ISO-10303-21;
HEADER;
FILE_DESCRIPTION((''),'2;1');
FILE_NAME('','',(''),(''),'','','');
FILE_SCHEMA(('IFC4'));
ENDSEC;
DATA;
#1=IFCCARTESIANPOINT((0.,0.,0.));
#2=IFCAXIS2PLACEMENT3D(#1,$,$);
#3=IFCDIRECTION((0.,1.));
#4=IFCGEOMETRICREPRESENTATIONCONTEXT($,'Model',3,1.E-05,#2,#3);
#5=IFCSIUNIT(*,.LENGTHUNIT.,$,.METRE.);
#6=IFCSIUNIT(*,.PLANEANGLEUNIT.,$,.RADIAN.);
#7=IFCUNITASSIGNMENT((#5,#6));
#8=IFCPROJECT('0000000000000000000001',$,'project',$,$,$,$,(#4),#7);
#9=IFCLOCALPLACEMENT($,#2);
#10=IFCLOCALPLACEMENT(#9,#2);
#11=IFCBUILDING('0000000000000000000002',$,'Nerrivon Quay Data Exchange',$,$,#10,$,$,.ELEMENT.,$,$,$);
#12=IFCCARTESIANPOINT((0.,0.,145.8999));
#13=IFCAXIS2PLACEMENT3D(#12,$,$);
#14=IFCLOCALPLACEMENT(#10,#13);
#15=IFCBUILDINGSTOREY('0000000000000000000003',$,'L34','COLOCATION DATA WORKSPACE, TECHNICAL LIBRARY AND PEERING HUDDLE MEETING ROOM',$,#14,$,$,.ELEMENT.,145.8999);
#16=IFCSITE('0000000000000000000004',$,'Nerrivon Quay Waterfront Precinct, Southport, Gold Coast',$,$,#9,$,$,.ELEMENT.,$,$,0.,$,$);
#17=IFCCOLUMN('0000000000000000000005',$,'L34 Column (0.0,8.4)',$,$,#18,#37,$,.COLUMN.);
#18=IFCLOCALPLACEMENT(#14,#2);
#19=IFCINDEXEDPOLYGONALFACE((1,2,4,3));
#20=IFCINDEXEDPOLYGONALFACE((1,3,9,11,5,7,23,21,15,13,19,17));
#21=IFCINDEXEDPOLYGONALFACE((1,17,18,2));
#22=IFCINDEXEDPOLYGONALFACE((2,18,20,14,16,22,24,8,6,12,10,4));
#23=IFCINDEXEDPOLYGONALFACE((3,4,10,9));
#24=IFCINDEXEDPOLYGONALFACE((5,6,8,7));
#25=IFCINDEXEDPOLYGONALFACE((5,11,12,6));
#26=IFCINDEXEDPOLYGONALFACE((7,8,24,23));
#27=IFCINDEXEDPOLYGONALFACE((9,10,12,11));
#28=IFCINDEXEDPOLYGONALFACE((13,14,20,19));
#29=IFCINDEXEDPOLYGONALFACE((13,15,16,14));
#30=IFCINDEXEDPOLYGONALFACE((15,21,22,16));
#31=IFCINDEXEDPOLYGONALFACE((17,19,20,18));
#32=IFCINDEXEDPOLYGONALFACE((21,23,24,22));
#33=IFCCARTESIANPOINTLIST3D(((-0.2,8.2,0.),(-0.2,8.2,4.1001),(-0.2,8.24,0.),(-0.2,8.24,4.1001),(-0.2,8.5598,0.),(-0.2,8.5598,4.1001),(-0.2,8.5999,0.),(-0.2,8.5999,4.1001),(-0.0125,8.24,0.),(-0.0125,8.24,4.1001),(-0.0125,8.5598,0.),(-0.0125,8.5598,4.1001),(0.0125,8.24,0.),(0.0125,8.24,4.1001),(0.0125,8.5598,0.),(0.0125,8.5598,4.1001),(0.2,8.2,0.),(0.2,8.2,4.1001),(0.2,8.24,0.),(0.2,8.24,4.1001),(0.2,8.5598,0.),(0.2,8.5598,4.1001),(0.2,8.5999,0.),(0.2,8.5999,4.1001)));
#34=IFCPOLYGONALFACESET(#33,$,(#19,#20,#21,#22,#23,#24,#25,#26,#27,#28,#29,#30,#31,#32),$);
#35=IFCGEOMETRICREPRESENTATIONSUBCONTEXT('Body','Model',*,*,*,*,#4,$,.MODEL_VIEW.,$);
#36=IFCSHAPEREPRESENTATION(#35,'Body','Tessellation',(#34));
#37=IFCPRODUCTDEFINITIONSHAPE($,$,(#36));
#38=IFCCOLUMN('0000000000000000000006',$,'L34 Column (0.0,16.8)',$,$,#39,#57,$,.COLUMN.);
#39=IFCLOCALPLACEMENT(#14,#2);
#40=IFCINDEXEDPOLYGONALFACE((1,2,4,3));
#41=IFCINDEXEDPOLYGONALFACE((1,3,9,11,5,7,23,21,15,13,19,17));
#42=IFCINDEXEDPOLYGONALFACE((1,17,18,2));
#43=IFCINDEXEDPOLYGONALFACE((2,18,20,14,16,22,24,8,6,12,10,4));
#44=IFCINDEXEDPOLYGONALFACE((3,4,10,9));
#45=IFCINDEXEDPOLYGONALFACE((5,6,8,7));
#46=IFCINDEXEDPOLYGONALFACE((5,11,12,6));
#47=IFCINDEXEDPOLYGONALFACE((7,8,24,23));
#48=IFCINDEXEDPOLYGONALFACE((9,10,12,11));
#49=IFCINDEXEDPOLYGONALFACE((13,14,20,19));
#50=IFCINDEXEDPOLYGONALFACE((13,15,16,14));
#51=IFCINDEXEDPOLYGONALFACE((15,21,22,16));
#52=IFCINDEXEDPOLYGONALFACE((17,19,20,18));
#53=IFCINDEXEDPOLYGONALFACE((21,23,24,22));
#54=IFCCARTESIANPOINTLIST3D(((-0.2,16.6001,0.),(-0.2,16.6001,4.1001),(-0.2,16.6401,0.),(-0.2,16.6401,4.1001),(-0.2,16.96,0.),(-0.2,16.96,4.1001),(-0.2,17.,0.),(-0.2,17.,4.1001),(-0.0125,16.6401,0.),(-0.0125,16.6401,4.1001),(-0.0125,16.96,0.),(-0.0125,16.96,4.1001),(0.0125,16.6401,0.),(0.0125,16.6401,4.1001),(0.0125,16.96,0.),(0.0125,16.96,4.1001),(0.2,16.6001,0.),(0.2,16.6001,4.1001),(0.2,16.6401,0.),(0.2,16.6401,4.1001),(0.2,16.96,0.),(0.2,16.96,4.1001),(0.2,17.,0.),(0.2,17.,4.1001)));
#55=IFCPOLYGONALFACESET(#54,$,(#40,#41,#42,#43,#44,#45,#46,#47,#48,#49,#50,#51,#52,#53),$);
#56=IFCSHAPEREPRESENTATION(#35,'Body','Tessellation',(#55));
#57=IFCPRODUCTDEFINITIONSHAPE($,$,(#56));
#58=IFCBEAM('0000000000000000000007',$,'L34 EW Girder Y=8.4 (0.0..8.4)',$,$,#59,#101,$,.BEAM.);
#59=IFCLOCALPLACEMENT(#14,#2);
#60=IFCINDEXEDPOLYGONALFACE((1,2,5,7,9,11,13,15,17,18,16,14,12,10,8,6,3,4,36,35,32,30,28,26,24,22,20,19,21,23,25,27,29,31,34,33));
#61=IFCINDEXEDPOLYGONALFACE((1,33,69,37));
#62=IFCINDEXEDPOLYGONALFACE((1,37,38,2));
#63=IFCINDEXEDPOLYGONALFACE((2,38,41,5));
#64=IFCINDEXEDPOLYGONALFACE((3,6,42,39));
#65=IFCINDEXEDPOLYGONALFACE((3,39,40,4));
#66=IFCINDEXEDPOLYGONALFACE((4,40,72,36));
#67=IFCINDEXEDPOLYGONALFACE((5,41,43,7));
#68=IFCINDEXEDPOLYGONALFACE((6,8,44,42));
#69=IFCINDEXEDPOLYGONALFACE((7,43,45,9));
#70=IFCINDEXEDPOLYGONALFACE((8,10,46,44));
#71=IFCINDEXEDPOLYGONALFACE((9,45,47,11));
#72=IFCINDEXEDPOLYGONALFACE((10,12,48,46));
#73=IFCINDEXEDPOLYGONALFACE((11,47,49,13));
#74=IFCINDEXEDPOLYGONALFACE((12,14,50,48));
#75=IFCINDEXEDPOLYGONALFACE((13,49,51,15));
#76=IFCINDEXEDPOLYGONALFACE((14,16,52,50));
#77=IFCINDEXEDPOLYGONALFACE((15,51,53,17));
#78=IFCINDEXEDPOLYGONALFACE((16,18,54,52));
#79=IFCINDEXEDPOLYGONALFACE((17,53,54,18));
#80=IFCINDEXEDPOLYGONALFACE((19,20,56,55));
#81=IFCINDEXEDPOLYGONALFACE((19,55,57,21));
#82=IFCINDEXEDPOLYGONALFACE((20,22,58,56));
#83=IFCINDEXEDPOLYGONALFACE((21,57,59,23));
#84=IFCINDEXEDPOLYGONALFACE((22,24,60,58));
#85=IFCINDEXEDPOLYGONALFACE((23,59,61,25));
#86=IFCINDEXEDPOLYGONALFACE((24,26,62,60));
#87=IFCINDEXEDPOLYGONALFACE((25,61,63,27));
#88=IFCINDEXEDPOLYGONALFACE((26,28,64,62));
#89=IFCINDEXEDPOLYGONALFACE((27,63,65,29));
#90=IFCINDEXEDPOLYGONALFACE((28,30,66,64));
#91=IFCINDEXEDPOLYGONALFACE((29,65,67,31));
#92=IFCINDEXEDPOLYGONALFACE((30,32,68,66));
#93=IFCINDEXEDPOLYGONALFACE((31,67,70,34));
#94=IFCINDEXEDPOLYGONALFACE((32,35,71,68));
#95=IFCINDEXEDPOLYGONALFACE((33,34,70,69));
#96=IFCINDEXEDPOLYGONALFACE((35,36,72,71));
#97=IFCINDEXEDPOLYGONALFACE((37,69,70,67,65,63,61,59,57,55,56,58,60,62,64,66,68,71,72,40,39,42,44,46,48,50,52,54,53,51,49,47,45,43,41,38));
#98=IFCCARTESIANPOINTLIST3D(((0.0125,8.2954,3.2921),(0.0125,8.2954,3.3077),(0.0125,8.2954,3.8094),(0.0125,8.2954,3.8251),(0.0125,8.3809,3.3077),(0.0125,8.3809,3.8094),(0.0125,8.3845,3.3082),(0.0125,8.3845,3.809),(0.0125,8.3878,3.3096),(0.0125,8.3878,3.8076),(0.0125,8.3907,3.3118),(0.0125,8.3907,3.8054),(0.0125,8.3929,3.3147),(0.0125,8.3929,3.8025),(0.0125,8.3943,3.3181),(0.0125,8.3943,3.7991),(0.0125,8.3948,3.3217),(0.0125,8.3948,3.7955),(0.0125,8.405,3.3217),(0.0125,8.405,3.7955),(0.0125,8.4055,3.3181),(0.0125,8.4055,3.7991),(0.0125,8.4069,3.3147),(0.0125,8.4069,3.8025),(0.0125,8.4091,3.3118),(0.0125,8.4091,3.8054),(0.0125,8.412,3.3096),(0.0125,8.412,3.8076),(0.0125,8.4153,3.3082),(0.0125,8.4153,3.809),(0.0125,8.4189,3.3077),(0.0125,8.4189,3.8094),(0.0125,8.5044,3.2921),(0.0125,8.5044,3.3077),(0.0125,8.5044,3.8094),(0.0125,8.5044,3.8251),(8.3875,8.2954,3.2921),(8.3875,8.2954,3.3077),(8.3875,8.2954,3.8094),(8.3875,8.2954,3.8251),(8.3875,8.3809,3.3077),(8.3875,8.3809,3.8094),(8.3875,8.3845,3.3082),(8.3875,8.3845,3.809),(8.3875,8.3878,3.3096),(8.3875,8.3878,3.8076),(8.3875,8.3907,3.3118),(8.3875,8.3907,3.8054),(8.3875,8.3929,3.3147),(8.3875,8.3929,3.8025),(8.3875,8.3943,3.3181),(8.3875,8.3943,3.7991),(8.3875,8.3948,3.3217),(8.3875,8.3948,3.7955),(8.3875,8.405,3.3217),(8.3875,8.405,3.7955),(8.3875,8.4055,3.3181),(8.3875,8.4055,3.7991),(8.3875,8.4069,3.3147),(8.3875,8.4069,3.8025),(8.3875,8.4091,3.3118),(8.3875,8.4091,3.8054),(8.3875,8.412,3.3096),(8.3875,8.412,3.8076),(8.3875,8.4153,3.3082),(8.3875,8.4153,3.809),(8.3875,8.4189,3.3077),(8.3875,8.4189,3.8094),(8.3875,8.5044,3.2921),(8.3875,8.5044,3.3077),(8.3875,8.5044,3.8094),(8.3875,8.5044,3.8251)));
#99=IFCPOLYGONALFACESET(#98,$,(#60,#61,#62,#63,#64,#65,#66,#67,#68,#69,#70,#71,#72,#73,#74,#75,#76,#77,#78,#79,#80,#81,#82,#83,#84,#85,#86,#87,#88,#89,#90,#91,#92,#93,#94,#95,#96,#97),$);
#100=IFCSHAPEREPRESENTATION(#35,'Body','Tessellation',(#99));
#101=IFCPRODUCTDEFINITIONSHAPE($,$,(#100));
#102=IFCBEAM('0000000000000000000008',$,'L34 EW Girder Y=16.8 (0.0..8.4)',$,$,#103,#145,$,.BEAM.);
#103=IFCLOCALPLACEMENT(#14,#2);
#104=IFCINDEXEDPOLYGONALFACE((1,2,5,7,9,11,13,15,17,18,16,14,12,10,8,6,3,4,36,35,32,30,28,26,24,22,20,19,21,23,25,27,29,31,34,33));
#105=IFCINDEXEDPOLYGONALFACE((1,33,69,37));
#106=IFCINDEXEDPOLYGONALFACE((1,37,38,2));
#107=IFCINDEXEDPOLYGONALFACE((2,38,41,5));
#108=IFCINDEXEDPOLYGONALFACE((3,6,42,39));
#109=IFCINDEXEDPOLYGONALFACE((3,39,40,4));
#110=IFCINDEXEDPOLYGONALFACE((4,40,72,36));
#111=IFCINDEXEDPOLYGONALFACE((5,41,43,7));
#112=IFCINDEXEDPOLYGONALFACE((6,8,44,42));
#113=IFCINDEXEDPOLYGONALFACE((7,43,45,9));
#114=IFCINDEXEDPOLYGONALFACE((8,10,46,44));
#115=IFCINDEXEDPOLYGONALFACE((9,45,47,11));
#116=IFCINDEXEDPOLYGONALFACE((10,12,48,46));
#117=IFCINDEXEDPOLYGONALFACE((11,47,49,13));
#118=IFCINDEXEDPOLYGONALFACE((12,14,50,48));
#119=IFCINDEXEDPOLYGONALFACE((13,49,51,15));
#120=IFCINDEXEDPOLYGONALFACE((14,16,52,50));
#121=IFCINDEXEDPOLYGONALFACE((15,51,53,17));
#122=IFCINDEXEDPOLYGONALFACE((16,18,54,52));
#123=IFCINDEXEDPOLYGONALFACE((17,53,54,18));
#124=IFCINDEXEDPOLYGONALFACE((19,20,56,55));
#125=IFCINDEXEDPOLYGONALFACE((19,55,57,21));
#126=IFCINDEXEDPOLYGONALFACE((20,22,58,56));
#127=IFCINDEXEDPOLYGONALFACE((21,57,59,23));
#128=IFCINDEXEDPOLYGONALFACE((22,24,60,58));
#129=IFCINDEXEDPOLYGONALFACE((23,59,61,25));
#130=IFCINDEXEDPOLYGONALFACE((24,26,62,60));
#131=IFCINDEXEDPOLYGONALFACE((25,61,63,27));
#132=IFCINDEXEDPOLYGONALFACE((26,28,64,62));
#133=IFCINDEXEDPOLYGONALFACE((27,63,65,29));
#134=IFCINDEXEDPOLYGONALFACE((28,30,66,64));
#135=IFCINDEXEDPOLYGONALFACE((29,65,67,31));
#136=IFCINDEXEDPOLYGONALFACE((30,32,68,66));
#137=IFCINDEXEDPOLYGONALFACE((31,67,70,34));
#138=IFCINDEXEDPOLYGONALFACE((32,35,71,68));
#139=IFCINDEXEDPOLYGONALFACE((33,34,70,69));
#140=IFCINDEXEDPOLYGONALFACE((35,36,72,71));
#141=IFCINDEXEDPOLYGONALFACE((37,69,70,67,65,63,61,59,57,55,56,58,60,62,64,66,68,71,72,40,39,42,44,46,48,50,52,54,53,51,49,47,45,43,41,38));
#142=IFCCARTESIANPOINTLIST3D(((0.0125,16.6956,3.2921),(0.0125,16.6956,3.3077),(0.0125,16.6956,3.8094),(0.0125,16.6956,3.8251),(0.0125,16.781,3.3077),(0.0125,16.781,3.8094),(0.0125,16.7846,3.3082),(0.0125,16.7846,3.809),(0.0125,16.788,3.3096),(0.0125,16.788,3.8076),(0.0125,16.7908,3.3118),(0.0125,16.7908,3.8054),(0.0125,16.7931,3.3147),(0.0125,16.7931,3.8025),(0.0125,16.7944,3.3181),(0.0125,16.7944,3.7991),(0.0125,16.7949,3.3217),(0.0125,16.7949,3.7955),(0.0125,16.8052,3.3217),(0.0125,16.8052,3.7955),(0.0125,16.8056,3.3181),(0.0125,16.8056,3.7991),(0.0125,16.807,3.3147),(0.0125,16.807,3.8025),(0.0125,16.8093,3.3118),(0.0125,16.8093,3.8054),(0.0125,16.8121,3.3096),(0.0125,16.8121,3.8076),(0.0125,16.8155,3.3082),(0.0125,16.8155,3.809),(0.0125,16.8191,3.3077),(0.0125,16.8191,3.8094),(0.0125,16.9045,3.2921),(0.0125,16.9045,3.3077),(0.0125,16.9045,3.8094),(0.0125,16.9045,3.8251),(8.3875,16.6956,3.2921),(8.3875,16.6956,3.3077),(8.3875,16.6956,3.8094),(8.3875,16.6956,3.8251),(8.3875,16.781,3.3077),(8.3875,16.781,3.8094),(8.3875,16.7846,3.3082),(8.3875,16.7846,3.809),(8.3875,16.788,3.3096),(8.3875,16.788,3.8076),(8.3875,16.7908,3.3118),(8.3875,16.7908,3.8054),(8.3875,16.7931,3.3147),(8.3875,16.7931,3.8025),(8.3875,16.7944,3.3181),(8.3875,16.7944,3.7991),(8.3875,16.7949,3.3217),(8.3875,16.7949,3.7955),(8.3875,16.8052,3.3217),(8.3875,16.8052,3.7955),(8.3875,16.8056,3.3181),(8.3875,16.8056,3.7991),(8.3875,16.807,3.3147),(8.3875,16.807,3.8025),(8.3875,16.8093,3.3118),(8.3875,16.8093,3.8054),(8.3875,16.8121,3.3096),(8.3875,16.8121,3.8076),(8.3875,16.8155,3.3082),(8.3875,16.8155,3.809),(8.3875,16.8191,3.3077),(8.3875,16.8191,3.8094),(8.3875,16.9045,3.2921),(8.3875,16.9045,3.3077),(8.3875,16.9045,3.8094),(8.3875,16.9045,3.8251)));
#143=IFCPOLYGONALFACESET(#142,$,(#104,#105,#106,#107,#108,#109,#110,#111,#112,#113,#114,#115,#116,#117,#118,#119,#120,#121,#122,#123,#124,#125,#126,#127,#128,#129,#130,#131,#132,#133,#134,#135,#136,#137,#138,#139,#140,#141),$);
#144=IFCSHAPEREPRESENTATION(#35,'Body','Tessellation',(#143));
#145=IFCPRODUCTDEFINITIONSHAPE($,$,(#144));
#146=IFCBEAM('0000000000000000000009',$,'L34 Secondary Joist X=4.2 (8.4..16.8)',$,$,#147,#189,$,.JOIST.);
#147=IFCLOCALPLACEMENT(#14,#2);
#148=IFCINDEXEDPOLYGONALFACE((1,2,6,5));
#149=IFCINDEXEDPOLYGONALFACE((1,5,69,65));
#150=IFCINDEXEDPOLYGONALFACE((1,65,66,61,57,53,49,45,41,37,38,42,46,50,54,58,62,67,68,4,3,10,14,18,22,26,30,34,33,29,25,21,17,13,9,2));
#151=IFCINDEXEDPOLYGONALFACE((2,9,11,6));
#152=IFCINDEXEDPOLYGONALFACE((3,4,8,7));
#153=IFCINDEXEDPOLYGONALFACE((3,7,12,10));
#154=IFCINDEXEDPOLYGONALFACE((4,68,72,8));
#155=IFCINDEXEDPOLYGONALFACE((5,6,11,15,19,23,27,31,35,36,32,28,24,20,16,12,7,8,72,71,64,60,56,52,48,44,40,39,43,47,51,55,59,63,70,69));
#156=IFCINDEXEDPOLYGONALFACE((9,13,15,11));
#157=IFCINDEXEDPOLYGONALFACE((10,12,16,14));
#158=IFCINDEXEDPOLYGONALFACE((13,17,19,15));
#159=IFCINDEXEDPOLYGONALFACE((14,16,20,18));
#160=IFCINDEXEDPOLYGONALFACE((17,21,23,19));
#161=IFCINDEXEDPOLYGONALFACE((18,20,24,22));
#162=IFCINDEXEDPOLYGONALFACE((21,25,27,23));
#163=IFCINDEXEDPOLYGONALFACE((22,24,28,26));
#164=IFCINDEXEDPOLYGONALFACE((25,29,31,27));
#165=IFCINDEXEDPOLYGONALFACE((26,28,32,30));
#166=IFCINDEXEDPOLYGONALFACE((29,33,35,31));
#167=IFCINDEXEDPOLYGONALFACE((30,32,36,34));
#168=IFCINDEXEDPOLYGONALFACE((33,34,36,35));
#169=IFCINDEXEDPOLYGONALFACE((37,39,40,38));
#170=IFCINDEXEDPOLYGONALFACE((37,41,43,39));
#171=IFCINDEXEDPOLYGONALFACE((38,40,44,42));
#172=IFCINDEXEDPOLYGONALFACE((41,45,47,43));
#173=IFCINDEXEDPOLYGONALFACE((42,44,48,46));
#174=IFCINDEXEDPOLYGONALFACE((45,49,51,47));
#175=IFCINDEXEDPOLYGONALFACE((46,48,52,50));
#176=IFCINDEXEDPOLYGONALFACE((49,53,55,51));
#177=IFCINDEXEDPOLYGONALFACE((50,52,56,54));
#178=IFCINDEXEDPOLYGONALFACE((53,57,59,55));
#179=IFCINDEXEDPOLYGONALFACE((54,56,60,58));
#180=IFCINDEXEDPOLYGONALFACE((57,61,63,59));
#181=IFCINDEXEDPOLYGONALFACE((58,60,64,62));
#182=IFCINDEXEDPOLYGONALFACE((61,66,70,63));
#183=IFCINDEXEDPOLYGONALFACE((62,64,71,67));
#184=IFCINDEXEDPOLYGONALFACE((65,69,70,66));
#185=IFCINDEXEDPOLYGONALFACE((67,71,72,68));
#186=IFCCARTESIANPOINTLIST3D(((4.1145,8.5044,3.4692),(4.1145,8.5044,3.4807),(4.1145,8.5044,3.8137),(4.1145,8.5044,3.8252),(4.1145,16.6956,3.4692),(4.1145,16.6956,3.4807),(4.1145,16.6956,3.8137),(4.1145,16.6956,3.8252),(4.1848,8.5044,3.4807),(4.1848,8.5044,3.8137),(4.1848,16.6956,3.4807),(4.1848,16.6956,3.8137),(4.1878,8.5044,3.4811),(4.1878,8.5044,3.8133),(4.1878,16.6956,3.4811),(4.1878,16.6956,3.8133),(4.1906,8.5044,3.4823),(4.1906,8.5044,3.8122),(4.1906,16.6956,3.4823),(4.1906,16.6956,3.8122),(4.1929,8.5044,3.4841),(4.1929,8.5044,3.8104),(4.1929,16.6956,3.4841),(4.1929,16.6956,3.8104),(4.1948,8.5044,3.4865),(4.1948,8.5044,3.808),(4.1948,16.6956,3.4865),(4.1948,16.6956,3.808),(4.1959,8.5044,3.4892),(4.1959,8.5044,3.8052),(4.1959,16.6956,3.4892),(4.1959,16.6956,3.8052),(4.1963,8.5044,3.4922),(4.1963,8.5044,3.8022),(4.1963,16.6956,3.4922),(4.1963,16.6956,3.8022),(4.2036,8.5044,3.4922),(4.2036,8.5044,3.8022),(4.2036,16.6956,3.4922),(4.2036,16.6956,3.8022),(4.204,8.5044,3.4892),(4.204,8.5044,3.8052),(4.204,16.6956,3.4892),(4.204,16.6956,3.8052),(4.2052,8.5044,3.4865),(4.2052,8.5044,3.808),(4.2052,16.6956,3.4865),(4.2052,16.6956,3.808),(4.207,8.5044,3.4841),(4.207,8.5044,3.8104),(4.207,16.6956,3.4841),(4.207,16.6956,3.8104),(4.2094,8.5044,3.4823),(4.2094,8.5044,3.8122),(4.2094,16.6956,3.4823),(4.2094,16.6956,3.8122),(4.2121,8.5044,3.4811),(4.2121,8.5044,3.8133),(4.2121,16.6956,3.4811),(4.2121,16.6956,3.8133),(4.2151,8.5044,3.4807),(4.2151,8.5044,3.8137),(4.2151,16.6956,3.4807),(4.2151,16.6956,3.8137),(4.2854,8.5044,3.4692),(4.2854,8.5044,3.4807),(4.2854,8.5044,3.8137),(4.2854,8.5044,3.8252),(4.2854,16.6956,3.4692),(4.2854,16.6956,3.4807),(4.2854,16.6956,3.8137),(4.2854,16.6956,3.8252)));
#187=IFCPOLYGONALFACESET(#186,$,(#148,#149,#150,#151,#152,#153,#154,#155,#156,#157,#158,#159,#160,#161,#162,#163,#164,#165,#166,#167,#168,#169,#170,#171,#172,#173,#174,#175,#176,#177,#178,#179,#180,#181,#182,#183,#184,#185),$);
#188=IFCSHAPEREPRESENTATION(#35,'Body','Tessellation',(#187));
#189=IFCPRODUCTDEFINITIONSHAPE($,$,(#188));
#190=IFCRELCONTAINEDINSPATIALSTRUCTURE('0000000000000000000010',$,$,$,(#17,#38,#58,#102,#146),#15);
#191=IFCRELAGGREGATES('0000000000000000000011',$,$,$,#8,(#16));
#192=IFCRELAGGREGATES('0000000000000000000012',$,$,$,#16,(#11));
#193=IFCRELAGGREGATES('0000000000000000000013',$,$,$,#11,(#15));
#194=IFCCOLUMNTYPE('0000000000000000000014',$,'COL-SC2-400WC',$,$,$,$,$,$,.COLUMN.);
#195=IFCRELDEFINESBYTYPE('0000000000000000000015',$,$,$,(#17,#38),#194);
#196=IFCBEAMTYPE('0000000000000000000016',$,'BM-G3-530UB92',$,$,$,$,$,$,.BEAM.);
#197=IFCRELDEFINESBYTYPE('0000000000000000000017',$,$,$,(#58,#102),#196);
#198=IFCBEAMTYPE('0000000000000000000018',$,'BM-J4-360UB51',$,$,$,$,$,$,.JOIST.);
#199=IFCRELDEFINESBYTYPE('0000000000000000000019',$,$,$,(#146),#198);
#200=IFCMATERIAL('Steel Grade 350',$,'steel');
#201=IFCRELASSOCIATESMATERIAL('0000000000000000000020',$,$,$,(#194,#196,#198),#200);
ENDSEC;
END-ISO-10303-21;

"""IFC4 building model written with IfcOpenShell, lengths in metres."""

from ifc_helpers import new_model, si_unit, direction, frame, origin, origin_2d, place, context, subcontext, project, spatial, i_section, extrude, material, material_profile, profile_set, type_object, element, save


model = new_model("IFC4")

# Units and contexts
model_context = context("Model", 3, precision=1e-05, world=origin(), true_north=direction((0.0, 1.0)))
body_context = subcontext(model_context, "Body", "Model", "MODEL_VIEW")
ifc_project = project(units=[si_unit("LENGTHUNIT", "METRE"), si_unit("PLANEANGLEUNIT", "RADIAN")], contexts=[model_context])

# Site, building, storey
site_placement = place(None, origin())
site = spatial("IfcSite", under=ifc_project, at=site_placement, Name="Nerrivon Quay Waterfront Precinct, Southport, Gold Coast", CompositionType="ELEMENT", RefElevation=0.0)
building_placement = place(site_placement, origin())
building = spatial("IfcBuilding", under=site, at=building_placement, Name="Nerrivon Quay Data Exchange", CompositionType="ELEMENT")
storey_placement = place(building_placement, frame((0.0, 0.0, 145.8999)))
storey = spatial("IfcBuildingStorey", under=building, at=storey_placement, Name="L34", Description="COLOCATION DATA WORKSPACE, TECHNICAL LIBRARY AND PEERING HUDDLE MEETING ROOM", CompositionType="ELEMENT", Elevation=145.8999)

# Columns
ifc_material_1 = material(Name="Steel Grade 350", Category="steel")
ifc_material_profile_1 = material_profile(ifc_material_1, i_section(OverallWidth=0.3999, OverallDepth=0.3999, WebThickness=0.0249, FlangeThickness=0.04, at=origin_2d()), Name="400WC328")
ifc_profile_set_1 = profile_set([ifc_material_profile_1], Name="Steel Grade 350")
column_type = type_object("IfcColumnType", Name="COL-SC2-400WC", PredefinedType="COLUMN", material=ifc_profile_set_1)
for number, where, z_axis, x_axis, name in (
    (1, (0.0, 8.3999, 0.0), (0.0, 0.0, 1.0), (1.0, 0.0, 0.0), "L34 Column (0.0,8.4)"),
    (2, (0.0, 16.8, 0.0), (0.0, 0.0, 1.0), (1.0, 0.0, 0.0), "L34 Column (0.0,16.8)"),
):
    element("IfcColumn", number, at=place(storey_placement, frame(where, z_axis=z_axis, x_axis=x_axis)), inside=storey, type_object=column_type, Name=name, PredefinedType="COLUMN", context=body_context, shape_type="SweptSolid", body=[
        extrude(i_section(OverallWidth=0.3999, OverallDepth=0.3999, WebThickness=0.0249, FlangeThickness=0.04, at=origin_2d()), origin(), (0.0, 0.0, 1.0), 4.1001),
    ])

# Beams
ifc_material_profile_2 = material_profile(ifc_material_1, i_section(OverallWidth=0.209, OverallDepth=0.533, WebThickness=0.0103, FlangeThickness=0.0156, FilletRadius=0.0139, at=origin_2d()), Name="530UB92.4")
ifc_profile_set_2 = profile_set([ifc_material_profile_2], Name="Steel Grade 350")
beam_type_1 = type_object("IfcBeamType", Name="BM-G3-530UB92", PredefinedType="BEAM", material=ifc_profile_set_2)
for number, where, z_axis, x_axis, name in (
    (3, (0.0125, 8.3999, 3.5586), (1.0, 0.0, 0.0), (0.0, 1.0, 0.0), "L34 EW Girder Y=8.4 (0.0..8.4)"),
    (4, (0.0125, 16.8, 3.5586), (1.0, 0.0, 0.0), (0.0, 1.0, 0.0), "L34 EW Girder Y=16.8 (0.0..8.4)"),
):
    element("IfcBeam", number, at=place(storey_placement, frame(where, z_axis=z_axis, x_axis=x_axis)), inside=storey, type_object=beam_type_1, Name=name, PredefinedType="BEAM", context=body_context, shape_type="SweptSolid", body=[
        extrude(i_section(OverallWidth=0.209, OverallDepth=0.533, WebThickness=0.0103, FlangeThickness=0.0156, FilletRadius=0.0139, at=origin_2d()), origin(), (0.0, 0.0, 1.0), 8.375),
    ])
ifc_material_profile_3 = material_profile(ifc_material_1, i_section(OverallWidth=0.1709, OverallDepth=0.356, WebThickness=0.0073, FlangeThickness=0.0115, FilletRadius=0.0115, at=origin_2d()), Name="360UB50.7")
ifc_profile_set_3 = profile_set([ifc_material_profile_3], Name="Steel Grade 350")
beam_type_2 = type_object("IfcBeamType", Name="BM-J4-360UB51", PredefinedType="JOIST", material=ifc_profile_set_3)
beam_1_placement = place(storey_placement, frame((4.2, 8.5044, 3.6472), z_axis=(0.0, 1.0, 0.0), x_axis=(-1.0, 0.0, 0.0)))
element("IfcBeam", 5, at=beam_1_placement, inside=storey, type_object=beam_type_2, Name="L34 Secondary Joist X=4.2 (8.4..16.8)", PredefinedType="JOIST", context=body_context, shape_type="SweptSolid", body=[
    extrude(i_section(OverallWidth=0.1709, OverallDepth=0.356, WebThickness=0.0073, FlangeThickness=0.0115, FilletRadius=0.0115, at=origin_2d()), origin(), (0.0, 0.0, 1.0), 8.1912),
])

save(model, "model.ifc")
